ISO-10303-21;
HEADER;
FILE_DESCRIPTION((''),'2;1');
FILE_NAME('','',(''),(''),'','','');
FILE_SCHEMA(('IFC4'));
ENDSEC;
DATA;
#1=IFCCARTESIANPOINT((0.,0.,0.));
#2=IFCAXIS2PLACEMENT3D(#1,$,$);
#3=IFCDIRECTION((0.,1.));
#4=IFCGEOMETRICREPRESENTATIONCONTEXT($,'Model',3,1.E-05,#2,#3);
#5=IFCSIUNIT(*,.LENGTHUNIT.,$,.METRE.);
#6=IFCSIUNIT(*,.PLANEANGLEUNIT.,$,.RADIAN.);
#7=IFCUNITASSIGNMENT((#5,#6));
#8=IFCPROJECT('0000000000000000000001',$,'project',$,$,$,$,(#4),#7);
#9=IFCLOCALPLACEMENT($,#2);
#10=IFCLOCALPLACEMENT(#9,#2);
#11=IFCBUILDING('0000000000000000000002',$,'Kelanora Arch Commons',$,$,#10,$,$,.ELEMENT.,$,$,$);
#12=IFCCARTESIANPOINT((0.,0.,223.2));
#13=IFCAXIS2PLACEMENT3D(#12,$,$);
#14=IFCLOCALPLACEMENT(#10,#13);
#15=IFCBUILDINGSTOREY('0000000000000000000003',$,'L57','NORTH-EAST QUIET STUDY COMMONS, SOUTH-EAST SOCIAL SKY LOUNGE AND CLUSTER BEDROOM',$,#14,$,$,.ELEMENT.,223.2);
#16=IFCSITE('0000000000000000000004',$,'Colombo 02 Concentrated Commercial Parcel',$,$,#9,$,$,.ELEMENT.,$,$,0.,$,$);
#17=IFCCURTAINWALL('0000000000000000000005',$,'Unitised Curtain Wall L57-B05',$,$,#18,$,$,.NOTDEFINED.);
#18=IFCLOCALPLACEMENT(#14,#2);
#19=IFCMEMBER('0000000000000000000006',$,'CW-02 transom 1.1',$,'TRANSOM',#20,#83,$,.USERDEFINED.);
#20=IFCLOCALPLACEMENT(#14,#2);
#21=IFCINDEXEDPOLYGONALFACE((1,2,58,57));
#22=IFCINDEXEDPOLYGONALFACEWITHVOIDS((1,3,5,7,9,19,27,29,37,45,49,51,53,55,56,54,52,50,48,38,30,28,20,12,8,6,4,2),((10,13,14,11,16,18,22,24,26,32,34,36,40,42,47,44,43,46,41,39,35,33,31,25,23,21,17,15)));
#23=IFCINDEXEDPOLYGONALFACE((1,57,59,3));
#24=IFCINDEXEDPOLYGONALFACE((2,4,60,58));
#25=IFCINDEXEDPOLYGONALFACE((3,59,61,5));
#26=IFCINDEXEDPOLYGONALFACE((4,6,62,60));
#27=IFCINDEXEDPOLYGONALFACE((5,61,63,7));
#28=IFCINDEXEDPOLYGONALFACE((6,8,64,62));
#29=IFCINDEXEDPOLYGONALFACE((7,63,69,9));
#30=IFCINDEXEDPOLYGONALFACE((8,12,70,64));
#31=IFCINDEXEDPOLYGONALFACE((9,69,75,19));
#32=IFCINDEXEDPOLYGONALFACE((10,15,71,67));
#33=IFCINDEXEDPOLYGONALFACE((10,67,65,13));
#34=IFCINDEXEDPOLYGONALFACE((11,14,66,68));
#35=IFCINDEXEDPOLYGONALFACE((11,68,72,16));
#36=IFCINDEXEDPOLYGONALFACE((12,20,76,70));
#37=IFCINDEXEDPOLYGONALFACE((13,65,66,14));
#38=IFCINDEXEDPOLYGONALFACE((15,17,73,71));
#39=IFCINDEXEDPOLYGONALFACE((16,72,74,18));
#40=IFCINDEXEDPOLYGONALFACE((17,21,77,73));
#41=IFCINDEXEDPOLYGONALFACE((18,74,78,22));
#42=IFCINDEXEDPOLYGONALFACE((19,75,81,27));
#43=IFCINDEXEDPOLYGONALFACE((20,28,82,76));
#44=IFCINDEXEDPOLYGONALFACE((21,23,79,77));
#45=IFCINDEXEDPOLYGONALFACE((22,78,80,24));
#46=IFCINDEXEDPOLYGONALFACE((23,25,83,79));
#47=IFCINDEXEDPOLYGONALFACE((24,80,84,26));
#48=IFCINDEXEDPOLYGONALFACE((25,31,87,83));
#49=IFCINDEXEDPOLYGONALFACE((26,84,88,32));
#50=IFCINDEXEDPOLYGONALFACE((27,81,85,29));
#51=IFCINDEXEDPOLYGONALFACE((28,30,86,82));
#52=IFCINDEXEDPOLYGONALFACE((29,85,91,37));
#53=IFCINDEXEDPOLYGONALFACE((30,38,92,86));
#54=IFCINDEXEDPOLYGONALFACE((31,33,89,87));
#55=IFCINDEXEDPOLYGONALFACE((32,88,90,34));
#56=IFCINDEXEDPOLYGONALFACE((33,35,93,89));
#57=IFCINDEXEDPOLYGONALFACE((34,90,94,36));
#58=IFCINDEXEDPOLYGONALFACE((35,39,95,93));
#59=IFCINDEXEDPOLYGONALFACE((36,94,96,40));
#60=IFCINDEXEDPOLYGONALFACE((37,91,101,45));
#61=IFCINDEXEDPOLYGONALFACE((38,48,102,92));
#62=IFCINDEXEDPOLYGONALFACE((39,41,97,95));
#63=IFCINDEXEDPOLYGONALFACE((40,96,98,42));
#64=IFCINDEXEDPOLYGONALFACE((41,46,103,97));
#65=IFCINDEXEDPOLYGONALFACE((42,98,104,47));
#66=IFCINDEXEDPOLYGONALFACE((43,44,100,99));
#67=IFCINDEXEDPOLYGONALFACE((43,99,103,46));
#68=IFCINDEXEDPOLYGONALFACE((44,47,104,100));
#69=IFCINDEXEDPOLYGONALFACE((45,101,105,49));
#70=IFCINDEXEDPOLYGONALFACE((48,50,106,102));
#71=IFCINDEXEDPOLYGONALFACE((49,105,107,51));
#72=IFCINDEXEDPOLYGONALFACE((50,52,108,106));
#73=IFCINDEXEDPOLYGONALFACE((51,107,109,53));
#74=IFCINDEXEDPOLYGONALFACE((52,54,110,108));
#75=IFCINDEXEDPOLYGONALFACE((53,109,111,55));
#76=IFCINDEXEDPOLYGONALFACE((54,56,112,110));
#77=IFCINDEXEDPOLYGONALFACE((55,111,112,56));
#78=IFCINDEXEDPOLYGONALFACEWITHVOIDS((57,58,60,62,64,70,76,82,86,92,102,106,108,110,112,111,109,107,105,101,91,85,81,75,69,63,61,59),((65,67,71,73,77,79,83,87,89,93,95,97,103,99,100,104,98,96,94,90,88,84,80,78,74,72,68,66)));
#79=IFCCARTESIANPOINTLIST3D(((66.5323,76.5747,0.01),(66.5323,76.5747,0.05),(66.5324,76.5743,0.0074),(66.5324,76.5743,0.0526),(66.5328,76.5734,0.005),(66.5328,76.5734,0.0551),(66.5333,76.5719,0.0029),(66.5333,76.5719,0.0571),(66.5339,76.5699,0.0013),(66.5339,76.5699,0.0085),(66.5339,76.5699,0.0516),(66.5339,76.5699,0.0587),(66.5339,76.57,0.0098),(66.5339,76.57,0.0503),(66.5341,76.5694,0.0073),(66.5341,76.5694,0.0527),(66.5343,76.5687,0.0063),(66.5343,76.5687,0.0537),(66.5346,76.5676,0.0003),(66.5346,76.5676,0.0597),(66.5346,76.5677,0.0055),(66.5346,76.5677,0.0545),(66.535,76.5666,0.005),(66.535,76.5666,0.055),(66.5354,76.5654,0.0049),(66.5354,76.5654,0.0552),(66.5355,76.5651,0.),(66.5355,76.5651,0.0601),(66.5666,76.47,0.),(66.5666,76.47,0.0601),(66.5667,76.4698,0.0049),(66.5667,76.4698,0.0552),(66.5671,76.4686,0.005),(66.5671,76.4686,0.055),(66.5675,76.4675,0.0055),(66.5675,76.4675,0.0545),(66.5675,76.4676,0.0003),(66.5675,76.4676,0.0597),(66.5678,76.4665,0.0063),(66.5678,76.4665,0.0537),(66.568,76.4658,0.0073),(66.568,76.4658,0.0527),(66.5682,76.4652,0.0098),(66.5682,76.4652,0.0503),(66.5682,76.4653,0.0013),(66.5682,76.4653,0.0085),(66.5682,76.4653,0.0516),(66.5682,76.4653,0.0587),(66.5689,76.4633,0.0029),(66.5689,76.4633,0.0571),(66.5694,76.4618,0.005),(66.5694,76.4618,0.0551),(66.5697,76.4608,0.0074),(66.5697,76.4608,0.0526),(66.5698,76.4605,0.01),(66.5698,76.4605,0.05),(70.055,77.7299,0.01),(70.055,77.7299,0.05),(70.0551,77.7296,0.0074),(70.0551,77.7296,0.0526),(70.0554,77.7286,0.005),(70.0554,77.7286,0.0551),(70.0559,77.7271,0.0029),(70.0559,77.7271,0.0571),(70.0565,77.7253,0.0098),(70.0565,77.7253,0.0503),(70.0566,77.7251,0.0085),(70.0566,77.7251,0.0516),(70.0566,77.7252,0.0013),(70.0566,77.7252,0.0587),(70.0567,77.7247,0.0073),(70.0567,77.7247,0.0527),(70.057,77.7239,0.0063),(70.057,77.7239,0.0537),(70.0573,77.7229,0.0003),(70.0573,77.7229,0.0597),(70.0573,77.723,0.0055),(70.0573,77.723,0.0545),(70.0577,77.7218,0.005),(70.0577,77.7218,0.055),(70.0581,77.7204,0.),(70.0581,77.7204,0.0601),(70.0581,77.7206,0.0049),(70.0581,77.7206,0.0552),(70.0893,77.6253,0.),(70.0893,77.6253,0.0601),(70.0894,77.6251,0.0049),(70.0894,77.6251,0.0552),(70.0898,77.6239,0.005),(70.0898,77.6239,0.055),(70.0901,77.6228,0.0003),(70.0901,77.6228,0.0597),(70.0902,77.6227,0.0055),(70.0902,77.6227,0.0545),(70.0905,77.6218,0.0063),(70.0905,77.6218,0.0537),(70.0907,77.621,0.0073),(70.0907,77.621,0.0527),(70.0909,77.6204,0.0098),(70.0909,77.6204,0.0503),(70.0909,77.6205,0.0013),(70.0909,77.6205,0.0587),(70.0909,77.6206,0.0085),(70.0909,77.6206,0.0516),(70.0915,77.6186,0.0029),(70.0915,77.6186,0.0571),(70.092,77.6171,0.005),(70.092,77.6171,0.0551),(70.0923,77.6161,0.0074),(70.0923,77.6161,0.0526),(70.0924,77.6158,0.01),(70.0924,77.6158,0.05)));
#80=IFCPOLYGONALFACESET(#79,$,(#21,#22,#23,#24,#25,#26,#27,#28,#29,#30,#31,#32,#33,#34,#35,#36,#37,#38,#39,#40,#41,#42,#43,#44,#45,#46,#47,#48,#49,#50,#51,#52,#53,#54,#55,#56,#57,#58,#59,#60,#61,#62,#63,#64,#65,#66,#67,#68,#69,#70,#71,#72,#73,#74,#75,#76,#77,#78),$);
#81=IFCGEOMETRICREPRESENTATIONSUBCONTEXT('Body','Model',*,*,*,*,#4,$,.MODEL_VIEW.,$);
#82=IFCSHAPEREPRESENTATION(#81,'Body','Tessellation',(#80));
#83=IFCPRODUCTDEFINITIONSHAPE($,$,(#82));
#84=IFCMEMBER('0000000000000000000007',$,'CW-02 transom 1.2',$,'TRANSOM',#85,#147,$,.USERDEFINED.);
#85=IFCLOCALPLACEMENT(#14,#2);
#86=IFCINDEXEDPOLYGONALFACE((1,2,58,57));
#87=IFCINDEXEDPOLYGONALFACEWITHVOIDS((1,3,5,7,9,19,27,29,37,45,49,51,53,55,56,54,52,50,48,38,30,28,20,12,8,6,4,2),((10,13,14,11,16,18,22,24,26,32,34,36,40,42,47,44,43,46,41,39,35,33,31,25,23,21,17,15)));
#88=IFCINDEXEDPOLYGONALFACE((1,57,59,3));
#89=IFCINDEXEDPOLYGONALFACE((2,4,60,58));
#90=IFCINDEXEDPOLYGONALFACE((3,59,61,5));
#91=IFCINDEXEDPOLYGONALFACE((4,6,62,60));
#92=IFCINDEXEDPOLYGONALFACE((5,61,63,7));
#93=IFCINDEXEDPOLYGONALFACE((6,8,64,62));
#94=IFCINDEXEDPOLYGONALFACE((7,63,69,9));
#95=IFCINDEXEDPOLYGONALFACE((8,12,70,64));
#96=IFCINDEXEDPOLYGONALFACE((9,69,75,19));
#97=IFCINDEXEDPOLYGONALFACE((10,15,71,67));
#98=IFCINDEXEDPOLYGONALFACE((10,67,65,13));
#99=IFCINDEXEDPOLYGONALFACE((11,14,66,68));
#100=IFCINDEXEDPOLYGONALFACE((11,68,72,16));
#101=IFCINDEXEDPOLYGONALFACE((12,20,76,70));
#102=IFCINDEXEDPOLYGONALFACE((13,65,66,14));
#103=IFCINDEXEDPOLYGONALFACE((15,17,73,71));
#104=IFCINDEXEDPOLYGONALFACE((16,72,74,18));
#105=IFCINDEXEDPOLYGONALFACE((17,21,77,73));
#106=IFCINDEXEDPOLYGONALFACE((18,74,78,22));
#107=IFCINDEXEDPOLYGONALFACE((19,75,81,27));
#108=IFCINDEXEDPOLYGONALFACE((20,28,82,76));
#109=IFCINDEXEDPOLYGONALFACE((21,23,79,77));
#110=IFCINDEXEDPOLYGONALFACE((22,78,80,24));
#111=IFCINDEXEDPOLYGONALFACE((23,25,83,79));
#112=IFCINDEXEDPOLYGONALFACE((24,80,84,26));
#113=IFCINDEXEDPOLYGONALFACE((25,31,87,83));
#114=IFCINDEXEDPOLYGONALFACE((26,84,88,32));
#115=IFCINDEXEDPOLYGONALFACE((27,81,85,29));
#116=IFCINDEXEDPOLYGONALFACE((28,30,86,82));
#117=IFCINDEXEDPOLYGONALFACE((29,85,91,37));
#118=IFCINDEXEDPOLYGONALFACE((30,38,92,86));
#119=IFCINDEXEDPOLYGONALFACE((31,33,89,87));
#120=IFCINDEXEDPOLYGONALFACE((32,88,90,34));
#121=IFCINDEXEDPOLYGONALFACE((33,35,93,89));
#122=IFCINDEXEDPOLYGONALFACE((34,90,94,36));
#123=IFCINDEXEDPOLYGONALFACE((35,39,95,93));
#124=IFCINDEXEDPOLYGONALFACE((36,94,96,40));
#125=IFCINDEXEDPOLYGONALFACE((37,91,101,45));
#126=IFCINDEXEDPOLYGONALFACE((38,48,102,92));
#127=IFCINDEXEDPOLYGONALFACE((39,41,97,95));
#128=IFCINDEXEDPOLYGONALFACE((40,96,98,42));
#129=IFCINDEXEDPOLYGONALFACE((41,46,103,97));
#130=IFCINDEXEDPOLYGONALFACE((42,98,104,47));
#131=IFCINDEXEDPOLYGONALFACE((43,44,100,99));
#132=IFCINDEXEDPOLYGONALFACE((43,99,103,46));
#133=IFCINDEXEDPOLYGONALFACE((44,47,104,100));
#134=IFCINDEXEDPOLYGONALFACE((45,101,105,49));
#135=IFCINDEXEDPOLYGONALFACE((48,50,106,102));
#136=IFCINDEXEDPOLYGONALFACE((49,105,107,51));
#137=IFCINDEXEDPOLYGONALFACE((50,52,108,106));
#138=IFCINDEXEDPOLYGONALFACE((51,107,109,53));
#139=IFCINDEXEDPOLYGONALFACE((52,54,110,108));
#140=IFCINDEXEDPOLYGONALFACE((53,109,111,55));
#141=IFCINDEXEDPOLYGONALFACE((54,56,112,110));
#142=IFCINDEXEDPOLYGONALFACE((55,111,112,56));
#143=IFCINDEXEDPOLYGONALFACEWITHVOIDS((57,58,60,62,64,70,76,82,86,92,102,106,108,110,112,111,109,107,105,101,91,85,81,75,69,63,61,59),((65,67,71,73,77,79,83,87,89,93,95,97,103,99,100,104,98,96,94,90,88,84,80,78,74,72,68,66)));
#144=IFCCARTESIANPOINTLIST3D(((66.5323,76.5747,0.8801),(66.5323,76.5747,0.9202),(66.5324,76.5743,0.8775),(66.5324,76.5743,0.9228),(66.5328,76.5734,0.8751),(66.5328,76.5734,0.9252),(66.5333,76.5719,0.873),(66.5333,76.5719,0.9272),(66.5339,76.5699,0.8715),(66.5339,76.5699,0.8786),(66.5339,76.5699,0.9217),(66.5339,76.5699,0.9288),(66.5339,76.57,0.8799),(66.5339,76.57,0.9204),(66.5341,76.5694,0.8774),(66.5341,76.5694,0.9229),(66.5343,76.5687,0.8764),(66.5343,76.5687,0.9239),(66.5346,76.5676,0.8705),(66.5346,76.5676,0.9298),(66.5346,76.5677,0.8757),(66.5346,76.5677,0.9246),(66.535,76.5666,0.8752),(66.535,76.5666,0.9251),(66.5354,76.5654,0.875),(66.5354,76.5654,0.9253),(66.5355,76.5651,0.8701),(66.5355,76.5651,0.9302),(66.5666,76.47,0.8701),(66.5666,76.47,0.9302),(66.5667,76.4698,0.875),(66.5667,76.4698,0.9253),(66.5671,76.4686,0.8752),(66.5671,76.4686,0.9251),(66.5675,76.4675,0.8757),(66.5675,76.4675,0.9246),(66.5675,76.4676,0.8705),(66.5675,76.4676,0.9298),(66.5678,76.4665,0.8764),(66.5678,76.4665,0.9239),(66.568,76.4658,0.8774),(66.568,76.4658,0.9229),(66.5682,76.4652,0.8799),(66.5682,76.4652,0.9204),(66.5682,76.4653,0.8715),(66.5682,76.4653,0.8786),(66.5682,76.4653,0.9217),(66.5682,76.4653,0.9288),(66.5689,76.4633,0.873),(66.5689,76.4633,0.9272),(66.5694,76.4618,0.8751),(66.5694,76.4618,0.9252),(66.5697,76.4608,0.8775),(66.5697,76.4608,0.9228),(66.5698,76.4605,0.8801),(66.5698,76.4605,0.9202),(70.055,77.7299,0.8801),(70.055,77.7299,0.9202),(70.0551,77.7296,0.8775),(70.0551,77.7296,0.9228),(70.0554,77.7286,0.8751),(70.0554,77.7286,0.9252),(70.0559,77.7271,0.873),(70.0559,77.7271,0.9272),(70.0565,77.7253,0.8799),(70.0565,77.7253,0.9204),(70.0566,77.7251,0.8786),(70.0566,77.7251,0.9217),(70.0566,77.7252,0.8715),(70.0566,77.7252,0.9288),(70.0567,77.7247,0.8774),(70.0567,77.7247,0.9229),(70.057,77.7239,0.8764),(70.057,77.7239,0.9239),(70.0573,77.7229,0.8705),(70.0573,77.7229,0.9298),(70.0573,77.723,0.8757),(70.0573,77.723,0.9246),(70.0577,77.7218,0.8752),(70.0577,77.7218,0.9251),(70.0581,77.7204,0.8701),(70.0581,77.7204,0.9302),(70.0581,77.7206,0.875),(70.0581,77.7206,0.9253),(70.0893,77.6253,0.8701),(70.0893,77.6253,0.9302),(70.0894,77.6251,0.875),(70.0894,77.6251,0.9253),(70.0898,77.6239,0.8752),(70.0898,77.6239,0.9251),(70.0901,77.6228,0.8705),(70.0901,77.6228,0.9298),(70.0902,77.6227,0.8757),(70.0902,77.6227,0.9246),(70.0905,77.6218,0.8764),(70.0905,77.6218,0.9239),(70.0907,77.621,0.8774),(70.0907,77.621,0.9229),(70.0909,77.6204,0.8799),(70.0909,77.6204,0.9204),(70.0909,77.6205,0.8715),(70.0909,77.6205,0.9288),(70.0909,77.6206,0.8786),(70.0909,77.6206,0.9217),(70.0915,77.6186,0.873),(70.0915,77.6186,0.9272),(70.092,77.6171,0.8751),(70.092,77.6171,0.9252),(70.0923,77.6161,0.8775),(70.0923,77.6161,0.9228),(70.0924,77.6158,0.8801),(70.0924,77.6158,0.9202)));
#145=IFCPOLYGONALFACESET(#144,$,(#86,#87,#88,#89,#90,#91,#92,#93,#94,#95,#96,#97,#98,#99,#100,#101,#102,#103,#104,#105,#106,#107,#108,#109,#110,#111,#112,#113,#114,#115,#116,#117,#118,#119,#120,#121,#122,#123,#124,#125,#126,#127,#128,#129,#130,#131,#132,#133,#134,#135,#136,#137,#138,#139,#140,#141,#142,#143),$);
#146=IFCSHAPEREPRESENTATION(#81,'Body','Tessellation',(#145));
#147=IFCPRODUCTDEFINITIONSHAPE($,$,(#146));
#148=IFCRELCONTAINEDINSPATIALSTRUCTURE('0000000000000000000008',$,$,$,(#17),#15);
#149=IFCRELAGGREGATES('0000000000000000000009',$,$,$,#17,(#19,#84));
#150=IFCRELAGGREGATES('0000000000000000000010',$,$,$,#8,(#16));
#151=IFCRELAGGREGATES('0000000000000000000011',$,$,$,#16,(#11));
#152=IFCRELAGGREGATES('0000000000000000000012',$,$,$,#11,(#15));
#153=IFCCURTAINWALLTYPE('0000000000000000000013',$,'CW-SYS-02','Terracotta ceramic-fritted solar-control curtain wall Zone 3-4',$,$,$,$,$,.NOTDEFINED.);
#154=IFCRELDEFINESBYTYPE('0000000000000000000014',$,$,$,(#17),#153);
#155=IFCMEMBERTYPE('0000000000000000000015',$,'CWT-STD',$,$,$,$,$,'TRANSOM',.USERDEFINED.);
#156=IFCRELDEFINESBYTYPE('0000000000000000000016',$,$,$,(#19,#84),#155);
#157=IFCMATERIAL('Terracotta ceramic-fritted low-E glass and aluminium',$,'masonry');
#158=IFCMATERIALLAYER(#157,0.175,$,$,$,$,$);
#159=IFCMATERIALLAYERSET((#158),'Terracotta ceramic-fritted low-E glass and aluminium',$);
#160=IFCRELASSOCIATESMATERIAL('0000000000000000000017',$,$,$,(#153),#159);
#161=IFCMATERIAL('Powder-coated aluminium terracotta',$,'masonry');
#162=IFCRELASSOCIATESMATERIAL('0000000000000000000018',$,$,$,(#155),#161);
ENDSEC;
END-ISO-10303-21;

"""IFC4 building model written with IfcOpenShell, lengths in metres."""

from ifc_helpers import new_model, si_unit, direction, frame, origin, origin_2d, place, context, subcontext, project, spatial, hollow_rectangle, extrude, material, layer, layer_set, material_profile, profile_set, type_object, element, aggregate, save


model = new_model("IFC4")

# Units and contexts
model_context = context("Model", 3, precision=1e-05, world=origin(), true_north=direction((0.0, 1.0)))
body_context = subcontext(model_context, "Body", "Model", "MODEL_VIEW")
ifc_project = project(units=[si_unit("LENGTHUNIT", "METRE"), si_unit("PLANEANGLEUNIT", "RADIAN")], contexts=[model_context])

# Site, building, storey
site_placement = place(None, origin())
site = spatial("IfcSite", under=ifc_project, at=site_placement, Name="Colombo 02 Concentrated Commercial Parcel", CompositionType="ELEMENT", RefElevation=0.0)
building_placement = place(site_placement, origin())
building = spatial("IfcBuilding", under=site, at=building_placement, Name="Kelanora Arch Commons", CompositionType="ELEMENT")
storey_placement = place(building_placement, frame((0.0, 0.0, 223.2)))
storey = spatial("IfcBuildingStorey", under=building, at=storey_placement, Name="L57", Description="NORTH-EAST QUIET STUDY COMMONS, SOUTH-EAST SOCIAL SKY LOUNGE AND CLUSTER BEDROOM", CompositionType="ELEMENT", Elevation=223.2)

# Curtain wall, members
ifc_material_1 = material(Name="Terracotta ceramic-fritted low-E glass and aluminium", Category="masonry")
ifc_layer_1 = layer(ifc_material_1, 0.175)
ifc_layer_set_1 = layer_set([ifc_layer_1], Name="Terracotta ceramic-fritted low-E glass and aluminium")
curtain_wall_type = type_object("IfcCurtainWallType", Name="CW-SYS-02", Description="Terracotta ceramic-fritted solar-control curtain wall Zone 3-4", PredefinedType="NOTDEFINED", material=ifc_layer_set_1)
curtain_wall_placement = place(storey_placement, origin())
curtain_wall = element("IfcCurtainWall", 1, at=curtain_wall_placement, inside=storey, type_object=curtain_wall_type, Name="Unitised Curtain Wall L57-B05", PredefinedType="NOTDEFINED")
ifc_material_2 = material(Name="Powder-coated aluminium terracotta", Category="masonry")
ifc_material_profile_1 = material_profile(ifc_material_2, hollow_rectangle(XDim=0.1201, YDim=0.0601, WallThickness=0.0049, InnerFilletRadius=0.0049, OuterFilletRadius=0.01, at=origin_2d()), Name="CWT120x60")
ifc_profile_set_1 = profile_set([ifc_material_profile_1], Name="Powder-coated aluminium terracotta")
member_type_1 = type_object("IfcMemberType", Name="CWT-STD", ElementType="TRANSOM", PredefinedType="USERDEFINED", material=ifc_profile_set_1)
member_1_placement = place(storey_placement, frame((70.0737, 77.6729, 0.03), z_axis=(-0.950207, -0.311621, 0.0), x_axis=(0.311621, -0.950207, 0.0)))
member_1 = element("IfcMember", 2, at=member_1_placement, type_object=member_type_1, Name="CW-02 transom 1.1", ObjectType="TRANSOM", PredefinedType="USERDEFINED", context=body_context, shape_type="SweptSolid", body=[
    extrude(hollow_rectangle(XDim=0.1201, YDim=0.0601, WallThickness=0.0049, InnerFilletRadius=0.0049, OuterFilletRadius=0.01, at=origin_2d()), origin(), (0.0, 0.0, 1.0), 3.7073),
])
member_2_placement = place(storey_placement, frame((70.0737, 77.6729, 0.9001), z_axis=(-0.950207, -0.311621, 0.0), x_axis=(0.311621, -0.950207, 0.0)))
member_2 = element("IfcMember", 3, at=member_2_placement, type_object=member_type_1, Name="CW-02 transom 1.2", ObjectType="TRANSOM", PredefinedType="USERDEFINED", context=body_context, shape_type="SweptSolid", body=[
    extrude(hollow_rectangle(XDim=0.1201, YDim=0.0601, WallThickness=0.0049, InnerFilletRadius=0.0049, OuterFilletRadius=0.01, at=origin_2d()), origin(), (0.0, 0.0, 1.0), 3.7073),
])
aggregate(curtain_wall, [member_1, member_2])

save(model, "model.ifc")
